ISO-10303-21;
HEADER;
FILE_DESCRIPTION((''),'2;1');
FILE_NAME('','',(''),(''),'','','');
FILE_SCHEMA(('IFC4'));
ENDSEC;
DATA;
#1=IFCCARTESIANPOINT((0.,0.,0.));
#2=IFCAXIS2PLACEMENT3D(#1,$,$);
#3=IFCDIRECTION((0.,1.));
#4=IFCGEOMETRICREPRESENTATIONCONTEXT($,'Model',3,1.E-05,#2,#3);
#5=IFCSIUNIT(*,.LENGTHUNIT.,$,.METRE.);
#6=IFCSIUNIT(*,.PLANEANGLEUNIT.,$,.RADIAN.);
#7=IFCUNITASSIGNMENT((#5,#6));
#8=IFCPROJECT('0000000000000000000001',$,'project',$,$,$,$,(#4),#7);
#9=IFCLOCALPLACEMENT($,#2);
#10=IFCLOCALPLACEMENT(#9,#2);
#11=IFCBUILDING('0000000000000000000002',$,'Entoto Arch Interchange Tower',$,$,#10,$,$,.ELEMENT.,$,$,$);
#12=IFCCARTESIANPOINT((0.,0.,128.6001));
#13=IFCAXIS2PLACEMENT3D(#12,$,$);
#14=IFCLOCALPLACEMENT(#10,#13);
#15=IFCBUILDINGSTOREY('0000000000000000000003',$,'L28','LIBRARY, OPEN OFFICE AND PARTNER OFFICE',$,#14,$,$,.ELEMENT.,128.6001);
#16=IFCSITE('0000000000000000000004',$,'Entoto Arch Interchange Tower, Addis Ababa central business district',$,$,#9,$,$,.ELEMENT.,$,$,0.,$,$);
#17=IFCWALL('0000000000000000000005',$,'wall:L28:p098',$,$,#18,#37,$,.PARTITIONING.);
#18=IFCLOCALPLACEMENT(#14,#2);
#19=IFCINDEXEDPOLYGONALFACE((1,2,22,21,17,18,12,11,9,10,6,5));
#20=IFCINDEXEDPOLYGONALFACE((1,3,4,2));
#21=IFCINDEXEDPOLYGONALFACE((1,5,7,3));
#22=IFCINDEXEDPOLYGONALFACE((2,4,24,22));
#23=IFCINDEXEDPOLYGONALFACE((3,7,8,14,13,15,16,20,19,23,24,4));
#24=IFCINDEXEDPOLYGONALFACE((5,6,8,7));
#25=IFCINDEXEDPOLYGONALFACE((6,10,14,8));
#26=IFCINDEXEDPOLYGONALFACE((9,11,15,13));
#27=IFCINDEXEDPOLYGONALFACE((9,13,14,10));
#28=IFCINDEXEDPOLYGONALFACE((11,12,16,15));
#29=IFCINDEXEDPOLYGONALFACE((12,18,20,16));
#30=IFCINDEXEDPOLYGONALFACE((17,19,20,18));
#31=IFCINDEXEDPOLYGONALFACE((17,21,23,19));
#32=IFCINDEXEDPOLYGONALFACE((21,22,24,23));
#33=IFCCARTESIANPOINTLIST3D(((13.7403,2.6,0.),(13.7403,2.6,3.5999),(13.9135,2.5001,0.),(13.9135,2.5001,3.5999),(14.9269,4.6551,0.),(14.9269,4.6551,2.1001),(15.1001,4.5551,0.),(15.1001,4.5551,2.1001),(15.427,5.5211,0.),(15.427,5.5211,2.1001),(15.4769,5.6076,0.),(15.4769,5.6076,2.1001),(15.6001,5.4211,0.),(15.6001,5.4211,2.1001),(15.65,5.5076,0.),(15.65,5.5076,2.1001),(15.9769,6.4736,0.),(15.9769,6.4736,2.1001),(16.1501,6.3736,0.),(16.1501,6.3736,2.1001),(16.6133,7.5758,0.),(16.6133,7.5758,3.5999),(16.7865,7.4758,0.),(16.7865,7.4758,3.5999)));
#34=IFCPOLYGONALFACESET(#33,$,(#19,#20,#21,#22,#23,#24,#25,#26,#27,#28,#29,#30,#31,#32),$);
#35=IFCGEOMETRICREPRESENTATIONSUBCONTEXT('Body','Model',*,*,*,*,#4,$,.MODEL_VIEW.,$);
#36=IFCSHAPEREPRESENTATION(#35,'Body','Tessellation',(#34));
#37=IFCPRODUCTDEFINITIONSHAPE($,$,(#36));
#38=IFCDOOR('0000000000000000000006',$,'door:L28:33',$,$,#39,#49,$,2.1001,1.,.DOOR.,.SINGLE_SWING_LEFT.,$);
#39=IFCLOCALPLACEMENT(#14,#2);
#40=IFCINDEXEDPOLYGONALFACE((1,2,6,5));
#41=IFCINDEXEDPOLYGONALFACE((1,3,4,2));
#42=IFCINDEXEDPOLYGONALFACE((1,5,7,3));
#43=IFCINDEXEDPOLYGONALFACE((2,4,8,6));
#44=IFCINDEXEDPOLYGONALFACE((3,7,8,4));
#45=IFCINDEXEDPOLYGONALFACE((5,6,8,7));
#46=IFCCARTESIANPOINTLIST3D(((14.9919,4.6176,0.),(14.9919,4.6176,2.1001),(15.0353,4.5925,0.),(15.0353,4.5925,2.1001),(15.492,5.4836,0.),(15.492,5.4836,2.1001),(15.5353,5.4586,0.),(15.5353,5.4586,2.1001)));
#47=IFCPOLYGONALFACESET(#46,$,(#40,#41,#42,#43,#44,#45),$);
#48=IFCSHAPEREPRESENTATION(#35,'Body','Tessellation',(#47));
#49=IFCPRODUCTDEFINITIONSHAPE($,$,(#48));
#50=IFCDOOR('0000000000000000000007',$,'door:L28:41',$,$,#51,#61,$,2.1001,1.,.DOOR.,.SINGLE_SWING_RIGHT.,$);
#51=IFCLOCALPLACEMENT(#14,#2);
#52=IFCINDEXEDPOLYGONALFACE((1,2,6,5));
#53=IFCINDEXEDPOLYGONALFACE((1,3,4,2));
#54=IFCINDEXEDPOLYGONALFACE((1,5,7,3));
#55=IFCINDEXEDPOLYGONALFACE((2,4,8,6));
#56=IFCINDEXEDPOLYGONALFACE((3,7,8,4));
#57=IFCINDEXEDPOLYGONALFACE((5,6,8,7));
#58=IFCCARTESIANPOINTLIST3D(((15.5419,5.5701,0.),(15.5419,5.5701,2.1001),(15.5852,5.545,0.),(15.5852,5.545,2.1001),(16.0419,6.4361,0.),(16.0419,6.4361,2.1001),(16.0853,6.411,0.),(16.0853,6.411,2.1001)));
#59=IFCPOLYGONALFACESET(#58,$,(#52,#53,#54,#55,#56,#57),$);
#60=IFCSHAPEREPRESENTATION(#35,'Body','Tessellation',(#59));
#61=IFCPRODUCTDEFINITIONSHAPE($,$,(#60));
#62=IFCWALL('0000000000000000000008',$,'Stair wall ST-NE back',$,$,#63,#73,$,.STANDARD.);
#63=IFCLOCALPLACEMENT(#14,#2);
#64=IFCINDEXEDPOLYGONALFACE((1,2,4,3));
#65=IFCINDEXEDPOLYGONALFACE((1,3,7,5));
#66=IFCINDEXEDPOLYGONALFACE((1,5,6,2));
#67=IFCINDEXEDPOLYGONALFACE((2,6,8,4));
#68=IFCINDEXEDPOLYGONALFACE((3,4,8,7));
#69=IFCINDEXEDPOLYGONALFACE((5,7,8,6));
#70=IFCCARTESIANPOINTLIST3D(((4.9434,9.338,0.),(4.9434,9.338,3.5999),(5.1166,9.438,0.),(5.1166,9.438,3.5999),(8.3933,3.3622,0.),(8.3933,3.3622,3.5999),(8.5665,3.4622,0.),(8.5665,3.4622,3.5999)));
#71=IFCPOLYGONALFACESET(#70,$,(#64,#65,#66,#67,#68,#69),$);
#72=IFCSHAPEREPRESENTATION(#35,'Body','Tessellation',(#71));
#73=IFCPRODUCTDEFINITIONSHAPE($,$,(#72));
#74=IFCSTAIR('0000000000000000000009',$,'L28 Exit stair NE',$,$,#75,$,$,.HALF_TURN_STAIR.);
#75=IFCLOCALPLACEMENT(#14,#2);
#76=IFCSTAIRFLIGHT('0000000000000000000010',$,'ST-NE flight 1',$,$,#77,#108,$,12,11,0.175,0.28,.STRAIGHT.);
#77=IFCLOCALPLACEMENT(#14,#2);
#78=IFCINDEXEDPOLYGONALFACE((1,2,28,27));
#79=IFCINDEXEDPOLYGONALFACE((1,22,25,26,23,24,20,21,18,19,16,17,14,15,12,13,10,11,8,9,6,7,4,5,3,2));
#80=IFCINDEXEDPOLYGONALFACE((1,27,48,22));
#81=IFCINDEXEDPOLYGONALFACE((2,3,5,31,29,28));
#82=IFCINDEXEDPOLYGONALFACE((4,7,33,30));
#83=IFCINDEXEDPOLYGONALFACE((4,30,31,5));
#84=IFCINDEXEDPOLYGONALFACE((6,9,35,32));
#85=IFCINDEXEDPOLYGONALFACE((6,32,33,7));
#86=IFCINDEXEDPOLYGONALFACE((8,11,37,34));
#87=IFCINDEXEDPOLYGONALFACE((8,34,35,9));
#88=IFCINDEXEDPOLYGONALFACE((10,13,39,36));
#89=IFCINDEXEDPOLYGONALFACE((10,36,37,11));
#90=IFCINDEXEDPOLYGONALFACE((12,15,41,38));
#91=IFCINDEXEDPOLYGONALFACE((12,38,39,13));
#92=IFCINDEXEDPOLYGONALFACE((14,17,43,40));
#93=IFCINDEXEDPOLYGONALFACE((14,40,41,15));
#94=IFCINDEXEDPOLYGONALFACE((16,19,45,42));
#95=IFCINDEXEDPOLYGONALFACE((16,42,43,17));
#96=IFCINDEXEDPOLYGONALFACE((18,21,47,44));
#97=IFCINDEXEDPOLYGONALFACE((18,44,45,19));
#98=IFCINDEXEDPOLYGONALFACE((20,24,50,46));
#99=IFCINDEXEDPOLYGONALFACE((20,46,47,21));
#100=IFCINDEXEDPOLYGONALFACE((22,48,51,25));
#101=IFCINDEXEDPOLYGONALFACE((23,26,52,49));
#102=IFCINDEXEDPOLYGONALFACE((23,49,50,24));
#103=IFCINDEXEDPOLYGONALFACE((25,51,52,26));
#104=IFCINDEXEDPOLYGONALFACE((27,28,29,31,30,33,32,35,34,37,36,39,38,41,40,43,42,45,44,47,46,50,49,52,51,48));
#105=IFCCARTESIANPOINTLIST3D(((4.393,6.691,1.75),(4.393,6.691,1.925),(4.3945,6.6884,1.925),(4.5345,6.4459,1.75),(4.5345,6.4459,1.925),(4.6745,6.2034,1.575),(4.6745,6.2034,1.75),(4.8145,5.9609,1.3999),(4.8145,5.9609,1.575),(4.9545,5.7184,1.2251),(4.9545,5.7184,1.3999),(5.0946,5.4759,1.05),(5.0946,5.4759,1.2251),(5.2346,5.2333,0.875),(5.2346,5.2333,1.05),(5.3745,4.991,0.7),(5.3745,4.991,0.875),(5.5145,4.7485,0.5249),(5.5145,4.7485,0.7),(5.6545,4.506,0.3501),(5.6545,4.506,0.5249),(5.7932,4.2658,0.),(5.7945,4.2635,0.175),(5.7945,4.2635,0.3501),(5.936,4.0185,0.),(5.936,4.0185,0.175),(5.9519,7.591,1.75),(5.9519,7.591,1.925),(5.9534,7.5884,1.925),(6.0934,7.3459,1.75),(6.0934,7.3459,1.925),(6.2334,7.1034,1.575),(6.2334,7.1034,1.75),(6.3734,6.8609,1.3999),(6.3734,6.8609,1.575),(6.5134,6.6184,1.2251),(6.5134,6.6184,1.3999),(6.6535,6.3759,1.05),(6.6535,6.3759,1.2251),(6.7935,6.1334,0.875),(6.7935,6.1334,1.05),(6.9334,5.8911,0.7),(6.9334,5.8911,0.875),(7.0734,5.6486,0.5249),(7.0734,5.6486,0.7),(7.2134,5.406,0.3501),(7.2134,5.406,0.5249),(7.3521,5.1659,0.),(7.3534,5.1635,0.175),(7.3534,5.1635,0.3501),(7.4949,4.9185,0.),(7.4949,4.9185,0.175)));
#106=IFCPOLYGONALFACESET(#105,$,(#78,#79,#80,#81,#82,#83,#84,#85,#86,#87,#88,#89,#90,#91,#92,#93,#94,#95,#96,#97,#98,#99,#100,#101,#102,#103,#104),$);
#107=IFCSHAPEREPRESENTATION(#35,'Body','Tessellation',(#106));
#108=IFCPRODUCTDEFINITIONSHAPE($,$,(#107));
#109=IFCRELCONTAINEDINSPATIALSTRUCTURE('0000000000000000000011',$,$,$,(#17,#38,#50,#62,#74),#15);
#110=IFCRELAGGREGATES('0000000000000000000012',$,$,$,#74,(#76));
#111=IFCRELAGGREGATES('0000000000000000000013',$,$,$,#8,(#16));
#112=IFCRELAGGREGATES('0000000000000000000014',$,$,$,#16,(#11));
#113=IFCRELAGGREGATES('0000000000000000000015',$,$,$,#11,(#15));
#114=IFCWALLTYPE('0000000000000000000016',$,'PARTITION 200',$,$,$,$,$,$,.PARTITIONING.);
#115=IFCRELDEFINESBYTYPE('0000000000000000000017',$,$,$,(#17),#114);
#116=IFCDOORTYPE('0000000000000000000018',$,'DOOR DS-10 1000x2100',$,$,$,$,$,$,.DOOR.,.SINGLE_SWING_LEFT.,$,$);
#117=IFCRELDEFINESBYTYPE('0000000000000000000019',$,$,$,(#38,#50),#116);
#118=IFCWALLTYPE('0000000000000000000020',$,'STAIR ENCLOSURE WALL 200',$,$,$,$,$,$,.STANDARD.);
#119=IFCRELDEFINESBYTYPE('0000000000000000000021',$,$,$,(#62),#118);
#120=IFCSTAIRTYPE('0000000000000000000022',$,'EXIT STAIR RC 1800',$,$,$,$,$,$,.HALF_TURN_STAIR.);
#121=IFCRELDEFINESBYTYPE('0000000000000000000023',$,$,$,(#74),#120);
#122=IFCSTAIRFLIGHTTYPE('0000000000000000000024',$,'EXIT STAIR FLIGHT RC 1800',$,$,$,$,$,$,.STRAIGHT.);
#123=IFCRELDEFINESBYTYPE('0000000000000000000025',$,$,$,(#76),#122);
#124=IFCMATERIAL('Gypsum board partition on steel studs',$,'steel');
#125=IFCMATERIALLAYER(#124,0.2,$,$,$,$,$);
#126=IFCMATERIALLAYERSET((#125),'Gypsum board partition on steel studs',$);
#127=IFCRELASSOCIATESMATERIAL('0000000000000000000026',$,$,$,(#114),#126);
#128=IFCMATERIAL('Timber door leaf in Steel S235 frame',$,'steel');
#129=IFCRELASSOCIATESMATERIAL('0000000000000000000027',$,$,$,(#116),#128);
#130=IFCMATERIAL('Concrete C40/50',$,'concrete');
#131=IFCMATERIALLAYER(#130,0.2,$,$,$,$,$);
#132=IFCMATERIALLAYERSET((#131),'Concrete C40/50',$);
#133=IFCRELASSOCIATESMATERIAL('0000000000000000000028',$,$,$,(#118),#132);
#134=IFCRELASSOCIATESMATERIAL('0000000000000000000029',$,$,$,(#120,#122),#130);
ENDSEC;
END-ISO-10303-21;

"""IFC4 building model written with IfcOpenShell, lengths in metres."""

from ifc_helpers import new_model, si_unit, direction, frame, frame_2d, origin, place, context, subcontext, project, spatial, polyline, rectangle, outline, extrude, material, layer, layer_set, type_object, element, fill, aggregate, save


model = new_model("IFC4")

# Units and contexts
model_context = context("Model", 3, precision=1e-05, world=origin(), true_north=direction((0.0, 1.0)))
body_context = subcontext(model_context, "Body", "Model", "MODEL_VIEW")
ifc_project = project(units=[si_unit("LENGTHUNIT", "METRE"), si_unit("PLANEANGLEUNIT", "RADIAN")], contexts=[model_context])

# Site, building, storey
site_placement = place(None, origin())
site = spatial("IfcSite", under=ifc_project, at=site_placement, Name="Entoto Arch Interchange Tower, Addis Ababa central business district", CompositionType="ELEMENT", RefElevation=0.0)
building_placement = place(site_placement, origin())
building = spatial("IfcBuilding", under=site, at=building_placement, Name="Entoto Arch Interchange Tower", CompositionType="ELEMENT")
storey_placement = place(building_placement, frame((0.0, 0.0, 128.6001)))
storey = spatial("IfcBuildingStorey", under=building, at=storey_placement, Name="L28", Description="LIBRARY, OPEN OFFICE AND PARTNER OFFICE", CompositionType="ELEMENT", Elevation=128.6001)

# Shared definitions
ifc_material_1 = material(Name="Concrete C40/50", Category="concrete")
ifc_material_2 = material(Name="Gypsum board partition on steel studs", Category="steel")

# Shared definitions
ifc_layer_1 = layer(ifc_material_2, 0.2)
ifc_layer_set_1 = layer_set([ifc_layer_1], Name="Gypsum board partition on steel studs")
wall_type_1 = type_object("IfcWallType", Name="PARTITION 200", PredefinedType="PARTITIONING", material=ifc_layer_set_1)
ifc_material_3 = material(Name="Timber door leaf in Steel S235 frame", Category="steel")
door_type_1 = type_object("IfcDoorType", Name="DOOR DS-10 1000x2100", OperationType="SINGLE_SWING_LEFT", PredefinedType="DOOR", material=ifc_material_3)

# Wall, openings, doors
wall_1_placement = place(storey_placement, frame((13.8269, 2.55, 0.0), z_axis=(0.0, 0.0, 1.0), x_axis=(0.500033, 0.866007, 0.0)))
wall_1 = element("IfcWall", 1, at=wall_1_placement, inside=storey, type_object=wall_type_1, Name="wall:L28:p098", PredefinedType="PARTITIONING", context=body_context, shape_type="SweptSolid", body=[
    extrude(rectangle(XDim=5.7456, YDim=0.2, at=frame_2d((2.8728, 0.0))), origin(), (0.0, 0.0, 1.0), 3.5999),
])
opening_1_placement = place(wall_1_placement, frame((2.373, 0.0, 0.0)))
opening_1 = element("IfcOpeningElement", 2, at=opening_1_placement, cuts=wall_1, PredefinedType="OPENING", context=body_context, shape_type="SweptSolid", body=[
    extrude(rectangle(XDim=1.0, YDim=2.1001, at=frame_2d((0.5, 1.05))), frame((0.0, 0.1099, 0.0), z_axis=(0.0, -1.0, 0.0), x_axis=(1.0, 0.0, 0.0)), (0.0, 0.0, 1.0), 0.22),
])
opening_2_placement = place(wall_1_placement, frame((3.4729, 0.0, 0.0)))
opening_2 = element("IfcOpeningElement", 3, at=opening_2_placement, cuts=wall_1, PredefinedType="OPENING", context=body_context, shape_type="SweptSolid", body=[
    extrude(rectangle(XDim=1.0, YDim=2.1001, at=frame_2d((0.5, 1.05))), frame((0.0, 0.1099, 0.0), z_axis=(0.0, -1.0, 0.0), x_axis=(1.0, 0.0, 0.0)), (0.0, 0.0, 1.0), 0.22),
])
door_1_placement = place(opening_1_placement, origin())
door_1 = element("IfcDoor", 4, at=door_1_placement, inside=storey, type_object=door_type_1, Name="door:L28:33", OperationType="SINGLE_SWING_LEFT", OverallHeight=2.1001, OverallWidth=1.0, PredefinedType="DOOR", context=body_context, shape_type="SweptSolid", body=[
    extrude(rectangle(XDim=1.0, YDim=2.1001, at=frame_2d((0.5, 1.05))), frame((0.0, 0.0249, 0.0), z_axis=(0.0, -1.0, 0.0), x_axis=(1.0, 0.0, 0.0)), (0.0, 0.0, 1.0), 0.05),
])
fill(opening_1, door_1)
door_2_placement = place(opening_2_placement, origin())
door_2 = element("IfcDoor", 5, at=door_2_placement, inside=storey, type_object=door_type_1, Name="door:L28:41", OperationType="SINGLE_SWING_RIGHT", OverallHeight=2.1001, OverallWidth=1.0, PredefinedType="DOOR", context=body_context, shape_type="SweptSolid", body=[
    extrude(rectangle(XDim=1.0, YDim=2.1001, at=frame_2d((0.5, 1.05))), frame((0.0, 0.0249, 0.0), z_axis=(0.0, -1.0, 0.0), x_axis=(1.0, 0.0, 0.0)), (0.0, 0.0, 1.0), 0.05),
])
fill(opening_2, door_2)

# Wall
ifc_layer_2 = layer(ifc_material_1, 0.2)
ifc_layer_set_2 = layer_set([ifc_layer_2], Name="Concrete C40/50")
wall_type_2 = type_object("IfcWallType", Name="STAIR ENCLOSURE WALL 200", PredefinedType="STANDARD", material=ifc_layer_set_2)
wall_2_placement = place(storey_placement, frame((8.48, 3.4121, 0.0), z_axis=(0.0, 0.0, 1.0), x_axis=(-0.499979, 0.866038, 0.0)))
element("IfcWall", 6, at=wall_2_placement, inside=storey, type_object=wall_type_2, Name="Stair wall ST-NE back", PredefinedType="STANDARD", context=body_context, shape_type="SweptSolid", body=[
    extrude(rectangle(XDim=6.9001, YDim=0.2, at=frame_2d((3.4502, 0.0))), origin(), (0.0, 0.0, 1.0), 3.5999),
])

# Stair, stair flight
stair_type = type_object("IfcStairType", Name="EXIT STAIR RC 1800", PredefinedType="HALF_TURN_STAIR", material=ifc_material_1)
stair_placement = place(storey_placement, origin())
stair = element("IfcStair", 7, at=stair_placement, inside=storey, type_object=stair_type, Name="L28 Exit stair NE", PredefinedType="HALF_TURN_STAIR")
stair_flight_type = type_object("IfcStairFlightType", Name="EXIT STAIR FLIGHT RC 1800", PredefinedType="STRAIGHT", material=ifc_material_1)
stair_flight_placement = place(storey_placement, frame((6.7139, 4.4709, 0.0), z_axis=(0.0, 0.0, 1.0), x_axis=(-0.5, 0.866025, 0.0)))
stair_flight = element("IfcStairFlight", 8, at=stair_flight_placement, type_object=stair_flight_type, Name="ST-NE flight 1", NumberOfRisers=12, NumberOfTreads=11, PredefinedType="STRAIGHT", RiserHeight=0.175, TreadLength=0.28, context=body_context, shape_type="SweptSolid", body=[
    extrude(outline(polyline([(-0.0029, 0.0), (-0.0029, 0.175), (0.28, 0.175), (0.28, 0.3501), (0.5601, 0.3501), (0.5601, 0.5249), (0.8401, 0.5249), (0.8401, 0.7), (1.1201, 0.7), (1.1201, 0.875), (1.3999, 0.875), (1.3999, 1.05), (1.6799, 1.05), (1.6799, 1.2251), (1.96, 1.2251), (1.96, 1.3999), (2.24, 1.3999), (2.24, 1.575), (2.52, 1.575), (2.52, 1.75), (2.8, 1.75), (2.8, 1.925), (3.0801, 1.925), (3.083, 1.925), (3.083, 1.75), (0.2827, 0.0), (-0.0029, 0.0)])), frame((0.0, 0.8999, 0.0), z_axis=(0.0, -1.0, 0.0), x_axis=(1.0, 0.0, 0.0)), (0.0, 0.0, 1.0), 1.8),
])
aggregate(stair, [stair_flight])

save(model, "model.ifc")
